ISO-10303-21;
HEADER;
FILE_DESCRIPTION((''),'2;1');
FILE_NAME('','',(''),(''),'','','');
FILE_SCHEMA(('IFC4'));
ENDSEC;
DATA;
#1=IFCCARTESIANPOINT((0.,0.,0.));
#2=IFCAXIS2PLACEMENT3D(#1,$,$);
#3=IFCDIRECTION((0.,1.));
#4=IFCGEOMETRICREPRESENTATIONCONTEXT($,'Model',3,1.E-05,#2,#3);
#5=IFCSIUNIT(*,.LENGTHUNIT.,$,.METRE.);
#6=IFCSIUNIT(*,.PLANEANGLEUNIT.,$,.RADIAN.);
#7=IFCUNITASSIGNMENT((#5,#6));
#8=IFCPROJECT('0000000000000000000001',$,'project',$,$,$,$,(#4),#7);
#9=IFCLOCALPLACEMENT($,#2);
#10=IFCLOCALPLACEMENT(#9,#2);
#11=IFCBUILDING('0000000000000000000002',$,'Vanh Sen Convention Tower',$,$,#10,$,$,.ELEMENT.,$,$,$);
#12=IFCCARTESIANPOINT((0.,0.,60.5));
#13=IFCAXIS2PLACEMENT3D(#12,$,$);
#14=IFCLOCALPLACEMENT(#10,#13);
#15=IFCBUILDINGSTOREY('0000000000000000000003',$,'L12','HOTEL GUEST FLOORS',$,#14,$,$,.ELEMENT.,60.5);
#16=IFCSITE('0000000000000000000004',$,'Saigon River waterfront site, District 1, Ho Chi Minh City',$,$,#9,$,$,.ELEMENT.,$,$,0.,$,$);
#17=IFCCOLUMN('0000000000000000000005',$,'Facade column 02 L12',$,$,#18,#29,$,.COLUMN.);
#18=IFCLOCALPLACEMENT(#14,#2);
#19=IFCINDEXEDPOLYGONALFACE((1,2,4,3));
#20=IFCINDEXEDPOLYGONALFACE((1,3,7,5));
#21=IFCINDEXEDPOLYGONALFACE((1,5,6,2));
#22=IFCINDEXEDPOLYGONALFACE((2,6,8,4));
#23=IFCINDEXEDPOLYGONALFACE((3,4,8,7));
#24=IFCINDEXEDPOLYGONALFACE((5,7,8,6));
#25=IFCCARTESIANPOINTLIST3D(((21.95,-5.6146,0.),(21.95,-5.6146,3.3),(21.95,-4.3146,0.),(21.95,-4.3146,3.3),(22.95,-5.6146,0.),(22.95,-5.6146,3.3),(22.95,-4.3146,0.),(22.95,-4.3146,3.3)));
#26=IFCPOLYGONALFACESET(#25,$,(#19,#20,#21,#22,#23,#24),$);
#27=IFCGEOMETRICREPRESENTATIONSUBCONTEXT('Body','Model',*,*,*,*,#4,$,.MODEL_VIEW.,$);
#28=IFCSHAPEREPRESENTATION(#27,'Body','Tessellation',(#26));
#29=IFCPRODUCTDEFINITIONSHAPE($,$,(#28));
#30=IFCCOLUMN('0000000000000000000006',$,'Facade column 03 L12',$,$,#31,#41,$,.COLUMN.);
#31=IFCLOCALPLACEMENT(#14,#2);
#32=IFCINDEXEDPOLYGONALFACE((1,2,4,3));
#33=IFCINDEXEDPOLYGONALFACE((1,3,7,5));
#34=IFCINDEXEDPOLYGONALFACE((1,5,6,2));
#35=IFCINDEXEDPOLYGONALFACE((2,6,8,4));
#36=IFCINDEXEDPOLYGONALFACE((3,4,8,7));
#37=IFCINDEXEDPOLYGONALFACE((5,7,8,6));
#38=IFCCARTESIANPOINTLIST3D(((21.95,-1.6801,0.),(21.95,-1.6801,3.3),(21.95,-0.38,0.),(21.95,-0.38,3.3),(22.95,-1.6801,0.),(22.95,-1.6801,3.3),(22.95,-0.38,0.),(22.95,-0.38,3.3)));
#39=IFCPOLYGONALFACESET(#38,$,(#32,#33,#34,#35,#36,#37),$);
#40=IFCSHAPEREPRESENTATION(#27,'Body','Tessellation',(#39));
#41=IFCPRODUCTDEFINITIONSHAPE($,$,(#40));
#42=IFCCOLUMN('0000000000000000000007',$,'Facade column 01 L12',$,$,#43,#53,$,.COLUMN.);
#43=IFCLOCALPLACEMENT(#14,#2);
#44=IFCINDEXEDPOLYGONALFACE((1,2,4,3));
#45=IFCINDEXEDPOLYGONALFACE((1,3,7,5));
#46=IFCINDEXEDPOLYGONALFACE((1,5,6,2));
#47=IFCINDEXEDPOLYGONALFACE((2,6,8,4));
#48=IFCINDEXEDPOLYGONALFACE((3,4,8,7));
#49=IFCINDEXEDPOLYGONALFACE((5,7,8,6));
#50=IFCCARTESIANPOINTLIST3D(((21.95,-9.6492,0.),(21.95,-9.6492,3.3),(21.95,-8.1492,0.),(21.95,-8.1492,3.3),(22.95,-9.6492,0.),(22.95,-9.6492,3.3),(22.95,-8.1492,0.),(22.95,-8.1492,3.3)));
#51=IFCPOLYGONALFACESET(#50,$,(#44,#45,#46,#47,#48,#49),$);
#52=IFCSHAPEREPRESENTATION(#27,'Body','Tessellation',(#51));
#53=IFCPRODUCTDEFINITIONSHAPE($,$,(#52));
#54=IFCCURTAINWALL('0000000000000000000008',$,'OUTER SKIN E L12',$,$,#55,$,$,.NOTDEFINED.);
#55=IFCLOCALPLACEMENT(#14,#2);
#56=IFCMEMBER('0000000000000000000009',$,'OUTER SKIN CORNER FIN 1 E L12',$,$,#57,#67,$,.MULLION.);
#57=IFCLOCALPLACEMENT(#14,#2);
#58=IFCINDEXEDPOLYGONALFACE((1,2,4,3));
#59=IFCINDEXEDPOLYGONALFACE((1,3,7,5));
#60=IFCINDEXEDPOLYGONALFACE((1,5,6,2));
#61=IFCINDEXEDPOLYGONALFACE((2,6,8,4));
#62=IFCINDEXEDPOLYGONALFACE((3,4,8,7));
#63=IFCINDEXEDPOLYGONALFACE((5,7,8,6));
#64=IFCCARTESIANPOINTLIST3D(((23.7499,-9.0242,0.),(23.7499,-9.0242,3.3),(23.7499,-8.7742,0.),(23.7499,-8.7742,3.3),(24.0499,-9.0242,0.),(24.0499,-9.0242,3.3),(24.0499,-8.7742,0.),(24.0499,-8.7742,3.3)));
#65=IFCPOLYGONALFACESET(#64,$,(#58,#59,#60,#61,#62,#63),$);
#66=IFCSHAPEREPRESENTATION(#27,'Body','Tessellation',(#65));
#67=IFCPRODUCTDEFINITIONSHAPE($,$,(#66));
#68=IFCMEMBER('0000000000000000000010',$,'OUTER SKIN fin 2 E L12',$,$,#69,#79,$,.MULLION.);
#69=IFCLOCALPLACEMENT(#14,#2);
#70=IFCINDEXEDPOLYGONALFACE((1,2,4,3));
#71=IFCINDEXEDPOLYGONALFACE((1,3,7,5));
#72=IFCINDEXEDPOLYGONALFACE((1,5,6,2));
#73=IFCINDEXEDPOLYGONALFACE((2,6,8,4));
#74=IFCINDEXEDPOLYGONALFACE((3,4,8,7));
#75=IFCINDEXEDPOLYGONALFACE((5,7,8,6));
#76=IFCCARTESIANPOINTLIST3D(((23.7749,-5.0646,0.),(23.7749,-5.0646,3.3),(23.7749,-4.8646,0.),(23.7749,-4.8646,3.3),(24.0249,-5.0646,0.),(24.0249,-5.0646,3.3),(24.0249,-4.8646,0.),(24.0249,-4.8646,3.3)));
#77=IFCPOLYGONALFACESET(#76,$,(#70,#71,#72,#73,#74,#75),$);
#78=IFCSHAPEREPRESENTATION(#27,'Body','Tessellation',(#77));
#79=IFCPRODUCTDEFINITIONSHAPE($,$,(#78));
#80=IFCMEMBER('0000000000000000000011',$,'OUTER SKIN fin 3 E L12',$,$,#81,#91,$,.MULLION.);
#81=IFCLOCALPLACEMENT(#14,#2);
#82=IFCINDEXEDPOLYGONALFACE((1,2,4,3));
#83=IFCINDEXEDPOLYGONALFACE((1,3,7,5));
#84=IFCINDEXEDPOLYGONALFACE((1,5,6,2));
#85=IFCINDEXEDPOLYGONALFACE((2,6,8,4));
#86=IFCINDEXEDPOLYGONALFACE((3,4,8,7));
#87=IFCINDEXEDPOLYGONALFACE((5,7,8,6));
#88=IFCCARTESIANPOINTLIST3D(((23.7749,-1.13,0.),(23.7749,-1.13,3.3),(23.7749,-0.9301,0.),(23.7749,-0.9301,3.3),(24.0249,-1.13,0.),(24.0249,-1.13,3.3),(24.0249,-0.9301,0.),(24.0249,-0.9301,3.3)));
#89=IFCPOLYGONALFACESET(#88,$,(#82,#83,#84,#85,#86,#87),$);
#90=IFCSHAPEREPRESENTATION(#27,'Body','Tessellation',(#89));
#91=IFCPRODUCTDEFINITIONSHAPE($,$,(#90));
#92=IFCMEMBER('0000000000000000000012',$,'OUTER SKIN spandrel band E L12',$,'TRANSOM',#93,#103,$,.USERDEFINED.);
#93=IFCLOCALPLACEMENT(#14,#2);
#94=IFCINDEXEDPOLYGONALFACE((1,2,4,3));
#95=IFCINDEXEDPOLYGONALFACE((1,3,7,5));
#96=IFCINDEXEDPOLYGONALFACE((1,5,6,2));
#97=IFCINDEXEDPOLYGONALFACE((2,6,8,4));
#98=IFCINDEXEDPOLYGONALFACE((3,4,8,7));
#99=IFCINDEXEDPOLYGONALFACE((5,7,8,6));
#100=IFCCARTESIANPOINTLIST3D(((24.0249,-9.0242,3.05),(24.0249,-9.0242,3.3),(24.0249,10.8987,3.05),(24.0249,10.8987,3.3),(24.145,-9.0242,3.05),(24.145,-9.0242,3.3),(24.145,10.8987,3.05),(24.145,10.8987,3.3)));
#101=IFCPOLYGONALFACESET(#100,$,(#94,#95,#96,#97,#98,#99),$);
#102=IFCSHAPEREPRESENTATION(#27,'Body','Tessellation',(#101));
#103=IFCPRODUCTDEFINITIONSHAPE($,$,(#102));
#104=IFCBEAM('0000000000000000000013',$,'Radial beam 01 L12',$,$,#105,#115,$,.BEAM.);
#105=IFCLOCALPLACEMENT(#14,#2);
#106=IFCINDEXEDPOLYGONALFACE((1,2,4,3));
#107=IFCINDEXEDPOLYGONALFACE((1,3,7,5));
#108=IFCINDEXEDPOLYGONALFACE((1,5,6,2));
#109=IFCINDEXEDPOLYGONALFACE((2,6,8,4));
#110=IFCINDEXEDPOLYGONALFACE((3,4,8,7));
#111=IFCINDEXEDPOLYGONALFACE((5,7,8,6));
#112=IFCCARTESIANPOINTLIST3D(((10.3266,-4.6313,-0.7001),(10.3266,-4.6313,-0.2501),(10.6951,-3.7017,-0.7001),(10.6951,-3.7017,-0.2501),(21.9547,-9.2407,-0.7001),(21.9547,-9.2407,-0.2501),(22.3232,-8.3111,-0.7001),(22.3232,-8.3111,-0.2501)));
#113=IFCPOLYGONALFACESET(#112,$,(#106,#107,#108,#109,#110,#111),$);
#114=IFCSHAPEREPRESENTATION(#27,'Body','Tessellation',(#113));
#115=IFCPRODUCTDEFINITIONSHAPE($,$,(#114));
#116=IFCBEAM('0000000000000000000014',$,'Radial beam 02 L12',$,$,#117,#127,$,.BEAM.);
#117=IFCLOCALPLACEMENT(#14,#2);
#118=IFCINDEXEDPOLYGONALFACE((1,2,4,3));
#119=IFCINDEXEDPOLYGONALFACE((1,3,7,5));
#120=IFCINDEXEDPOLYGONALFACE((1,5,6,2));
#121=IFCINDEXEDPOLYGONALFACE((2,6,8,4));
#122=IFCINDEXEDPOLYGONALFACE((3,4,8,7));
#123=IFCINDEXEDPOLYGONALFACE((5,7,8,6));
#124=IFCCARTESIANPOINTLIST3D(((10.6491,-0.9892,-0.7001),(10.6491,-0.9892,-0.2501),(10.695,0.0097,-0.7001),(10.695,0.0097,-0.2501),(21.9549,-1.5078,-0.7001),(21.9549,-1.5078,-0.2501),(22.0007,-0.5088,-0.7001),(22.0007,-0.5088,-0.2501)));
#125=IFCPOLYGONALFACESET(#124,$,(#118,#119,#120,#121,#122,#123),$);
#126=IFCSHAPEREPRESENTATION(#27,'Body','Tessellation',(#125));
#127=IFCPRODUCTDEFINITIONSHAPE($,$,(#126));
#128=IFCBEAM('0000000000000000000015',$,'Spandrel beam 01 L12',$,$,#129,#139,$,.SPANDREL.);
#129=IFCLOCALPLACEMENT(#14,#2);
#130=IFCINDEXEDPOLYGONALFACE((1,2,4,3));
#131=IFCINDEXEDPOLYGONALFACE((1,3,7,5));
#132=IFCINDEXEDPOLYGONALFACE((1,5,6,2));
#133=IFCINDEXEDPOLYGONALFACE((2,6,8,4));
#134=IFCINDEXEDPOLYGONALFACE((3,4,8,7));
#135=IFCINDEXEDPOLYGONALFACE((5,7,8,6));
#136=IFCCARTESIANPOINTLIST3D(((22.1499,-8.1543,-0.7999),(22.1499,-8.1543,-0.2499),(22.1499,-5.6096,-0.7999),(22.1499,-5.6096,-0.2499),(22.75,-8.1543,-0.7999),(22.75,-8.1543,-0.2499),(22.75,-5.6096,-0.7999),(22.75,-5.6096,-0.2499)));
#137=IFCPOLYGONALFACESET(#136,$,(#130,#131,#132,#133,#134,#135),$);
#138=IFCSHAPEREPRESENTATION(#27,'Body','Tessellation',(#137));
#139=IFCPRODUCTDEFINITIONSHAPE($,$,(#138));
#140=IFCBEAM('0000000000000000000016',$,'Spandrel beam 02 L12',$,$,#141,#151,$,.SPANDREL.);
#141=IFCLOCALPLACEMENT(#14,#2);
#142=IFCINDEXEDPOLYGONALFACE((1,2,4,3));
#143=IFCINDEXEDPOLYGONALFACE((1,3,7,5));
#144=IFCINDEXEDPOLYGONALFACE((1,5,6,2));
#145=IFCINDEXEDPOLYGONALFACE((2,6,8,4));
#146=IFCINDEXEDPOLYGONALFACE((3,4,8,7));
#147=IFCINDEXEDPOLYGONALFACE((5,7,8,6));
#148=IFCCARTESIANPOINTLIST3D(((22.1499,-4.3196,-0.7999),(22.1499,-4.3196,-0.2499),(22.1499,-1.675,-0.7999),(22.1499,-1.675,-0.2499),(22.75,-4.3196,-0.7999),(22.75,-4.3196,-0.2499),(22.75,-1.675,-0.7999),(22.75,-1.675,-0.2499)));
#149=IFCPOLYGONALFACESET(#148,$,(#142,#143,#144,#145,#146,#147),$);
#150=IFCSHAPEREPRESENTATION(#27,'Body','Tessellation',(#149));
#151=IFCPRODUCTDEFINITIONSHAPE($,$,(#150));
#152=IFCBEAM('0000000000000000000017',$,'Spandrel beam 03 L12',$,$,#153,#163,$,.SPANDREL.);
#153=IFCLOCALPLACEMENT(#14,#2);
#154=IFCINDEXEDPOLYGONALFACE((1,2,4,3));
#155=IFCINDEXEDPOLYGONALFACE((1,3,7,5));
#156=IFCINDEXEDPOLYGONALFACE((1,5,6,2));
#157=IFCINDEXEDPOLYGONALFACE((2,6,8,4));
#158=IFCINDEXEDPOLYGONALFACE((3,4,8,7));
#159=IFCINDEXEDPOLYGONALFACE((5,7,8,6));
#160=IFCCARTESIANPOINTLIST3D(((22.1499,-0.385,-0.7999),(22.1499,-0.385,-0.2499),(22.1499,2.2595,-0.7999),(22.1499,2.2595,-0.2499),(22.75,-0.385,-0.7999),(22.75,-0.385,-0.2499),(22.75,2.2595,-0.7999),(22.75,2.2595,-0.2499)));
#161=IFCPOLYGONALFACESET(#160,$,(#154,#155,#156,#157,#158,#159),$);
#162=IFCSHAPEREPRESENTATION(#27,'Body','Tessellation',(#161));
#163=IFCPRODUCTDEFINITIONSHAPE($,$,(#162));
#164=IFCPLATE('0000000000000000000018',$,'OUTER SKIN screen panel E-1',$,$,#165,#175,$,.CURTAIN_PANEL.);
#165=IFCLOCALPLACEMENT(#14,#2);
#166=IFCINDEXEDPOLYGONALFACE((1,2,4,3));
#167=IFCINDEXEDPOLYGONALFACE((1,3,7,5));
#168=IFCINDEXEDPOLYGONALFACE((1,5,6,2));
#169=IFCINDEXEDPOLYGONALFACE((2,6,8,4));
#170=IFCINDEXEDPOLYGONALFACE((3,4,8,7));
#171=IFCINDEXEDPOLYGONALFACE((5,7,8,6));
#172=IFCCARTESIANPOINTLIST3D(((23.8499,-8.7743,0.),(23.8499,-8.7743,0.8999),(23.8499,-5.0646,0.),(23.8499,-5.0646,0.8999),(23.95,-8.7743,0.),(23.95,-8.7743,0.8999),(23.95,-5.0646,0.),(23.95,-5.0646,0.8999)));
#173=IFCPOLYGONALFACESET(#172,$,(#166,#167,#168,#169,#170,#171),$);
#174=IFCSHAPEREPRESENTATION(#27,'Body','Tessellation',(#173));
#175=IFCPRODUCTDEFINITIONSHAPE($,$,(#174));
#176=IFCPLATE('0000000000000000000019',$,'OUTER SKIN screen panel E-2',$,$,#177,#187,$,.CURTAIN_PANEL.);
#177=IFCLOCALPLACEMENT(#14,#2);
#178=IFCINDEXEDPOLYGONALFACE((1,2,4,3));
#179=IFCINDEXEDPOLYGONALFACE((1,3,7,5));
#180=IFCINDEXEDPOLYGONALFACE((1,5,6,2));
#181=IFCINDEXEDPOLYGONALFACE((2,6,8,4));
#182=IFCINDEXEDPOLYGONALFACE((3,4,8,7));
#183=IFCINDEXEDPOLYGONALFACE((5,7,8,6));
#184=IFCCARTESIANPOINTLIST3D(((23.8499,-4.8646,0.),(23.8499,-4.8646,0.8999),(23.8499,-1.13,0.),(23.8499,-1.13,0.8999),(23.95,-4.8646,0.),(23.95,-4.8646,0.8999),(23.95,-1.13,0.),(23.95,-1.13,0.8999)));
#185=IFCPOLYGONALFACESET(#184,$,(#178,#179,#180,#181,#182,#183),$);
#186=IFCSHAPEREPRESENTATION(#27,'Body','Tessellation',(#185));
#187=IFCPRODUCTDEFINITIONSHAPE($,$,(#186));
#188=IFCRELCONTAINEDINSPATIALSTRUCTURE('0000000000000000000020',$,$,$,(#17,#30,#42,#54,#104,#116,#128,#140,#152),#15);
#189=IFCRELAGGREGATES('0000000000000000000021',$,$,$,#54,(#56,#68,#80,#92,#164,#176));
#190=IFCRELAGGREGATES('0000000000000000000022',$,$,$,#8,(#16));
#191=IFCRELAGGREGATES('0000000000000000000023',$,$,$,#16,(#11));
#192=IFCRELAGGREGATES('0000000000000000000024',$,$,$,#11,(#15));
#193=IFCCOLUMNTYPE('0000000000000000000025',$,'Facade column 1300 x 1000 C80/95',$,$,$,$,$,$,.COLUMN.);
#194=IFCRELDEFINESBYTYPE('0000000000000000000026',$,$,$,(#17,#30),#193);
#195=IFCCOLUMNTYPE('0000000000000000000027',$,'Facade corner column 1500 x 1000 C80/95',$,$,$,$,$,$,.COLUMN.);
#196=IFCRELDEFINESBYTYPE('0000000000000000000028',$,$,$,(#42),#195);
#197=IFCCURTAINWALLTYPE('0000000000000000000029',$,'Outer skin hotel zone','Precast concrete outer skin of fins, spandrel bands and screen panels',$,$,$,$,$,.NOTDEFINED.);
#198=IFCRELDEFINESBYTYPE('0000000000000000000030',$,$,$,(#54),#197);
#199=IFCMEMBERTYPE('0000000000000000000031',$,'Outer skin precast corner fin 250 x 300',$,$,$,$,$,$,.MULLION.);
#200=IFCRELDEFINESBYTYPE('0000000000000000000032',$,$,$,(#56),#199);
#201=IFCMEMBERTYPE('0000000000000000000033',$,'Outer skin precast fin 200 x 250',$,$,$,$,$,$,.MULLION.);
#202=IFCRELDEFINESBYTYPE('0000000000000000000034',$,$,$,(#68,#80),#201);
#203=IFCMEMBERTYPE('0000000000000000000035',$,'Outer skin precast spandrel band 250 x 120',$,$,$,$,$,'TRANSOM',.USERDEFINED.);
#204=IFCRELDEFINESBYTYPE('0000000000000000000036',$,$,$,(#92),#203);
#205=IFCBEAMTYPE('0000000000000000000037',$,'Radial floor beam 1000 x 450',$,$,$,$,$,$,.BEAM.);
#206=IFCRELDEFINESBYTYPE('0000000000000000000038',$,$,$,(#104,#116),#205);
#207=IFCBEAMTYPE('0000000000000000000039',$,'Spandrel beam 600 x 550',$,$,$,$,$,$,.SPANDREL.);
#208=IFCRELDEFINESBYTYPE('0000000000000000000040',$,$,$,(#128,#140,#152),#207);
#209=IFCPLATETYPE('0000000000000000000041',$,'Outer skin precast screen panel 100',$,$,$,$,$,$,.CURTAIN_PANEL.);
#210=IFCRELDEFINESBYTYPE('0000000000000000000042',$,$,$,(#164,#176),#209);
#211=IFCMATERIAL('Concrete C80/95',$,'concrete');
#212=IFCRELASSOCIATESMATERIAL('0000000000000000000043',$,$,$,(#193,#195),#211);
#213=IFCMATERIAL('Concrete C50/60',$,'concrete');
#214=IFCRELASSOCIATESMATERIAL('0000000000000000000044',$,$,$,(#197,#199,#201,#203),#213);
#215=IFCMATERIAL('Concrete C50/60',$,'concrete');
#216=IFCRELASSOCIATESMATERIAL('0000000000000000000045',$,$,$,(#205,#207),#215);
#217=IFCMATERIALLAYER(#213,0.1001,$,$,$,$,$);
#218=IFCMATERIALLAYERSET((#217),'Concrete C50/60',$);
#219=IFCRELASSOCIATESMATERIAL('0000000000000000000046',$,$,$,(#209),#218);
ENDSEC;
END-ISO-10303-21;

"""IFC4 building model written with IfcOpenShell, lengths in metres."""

from ifc_helpers import new_model, si_unit, direction, frame, origin, origin_2d, place, context, subcontext, project, spatial, rectangle, extrude, material, layer, layer_set, material_profile, profile_set, type_object, element, aggregate, save


model = new_model("IFC4")

# Units and contexts
model_context = context("Model", 3, precision=1e-05, world=origin(), true_north=direction((0.0, 1.0)))
body_context = subcontext(model_context, "Body", "Model", "MODEL_VIEW")
ifc_project = project(units=[si_unit("LENGTHUNIT", "METRE"), si_unit("PLANEANGLEUNIT", "RADIAN")], contexts=[model_context])

# Site, building, storey
site_placement = place(None, origin())
site = spatial("IfcSite", under=ifc_project, at=site_placement, Name="Saigon River waterfront site, District 1, Ho Chi Minh City", CompositionType="ELEMENT", RefElevation=0.0)
building_placement = place(site_placement, origin())
building = spatial("IfcBuilding", under=site, at=building_placement, Name="Vanh Sen Convention Tower", CompositionType="ELEMENT")
storey_placement = place(building_placement, frame((0.0, 0.0, 60.5)))
storey = spatial("IfcBuildingStorey", under=building, at=storey_placement, Name="L12", Description="HOTEL GUEST FLOORS", CompositionType="ELEMENT", Elevation=60.5)

# Columns
ifc_material_1 = material(Name="Concrete C80/95", Category="concrete")
ifc_material_profile_1 = material_profile(ifc_material_1, rectangle(XDim=1.3, YDim=1.0, at=origin_2d()), Name="RC 1300X1000")
ifc_profile_set_1 = profile_set([ifc_material_profile_1], Name="Concrete C80/95")
column_type_1 = type_object("IfcColumnType", Name="Facade column 1300 x 1000 C80/95", PredefinedType="COLUMN", material=ifc_profile_set_1)
for number, where, z_axis, x_axis, name in (
    (1, (22.45, -4.9646, 0.0), (0.0, 0.0, 1.0), (0.0, 1.0, 0.0), "Facade column 02 L12"),
    (2, (22.45, -1.03, 0.0), (0.0, 0.0, 1.0), (0.0, 1.0, 0.0), "Facade column 03 L12"),
):
    element("IfcColumn", number, at=place(storey_placement, frame(where, z_axis=z_axis, x_axis=x_axis)), inside=storey, type_object=column_type_1, Name=name, PredefinedType="COLUMN", context=body_context, shape_type="SweptSolid", body=[
        extrude(rectangle(XDim=1.3, YDim=1.0, at=origin_2d()), origin(), (0.0, 0.0, 1.0), 3.3),
    ])
ifc_material_profile_2 = material_profile(ifc_material_1, rectangle(XDim=1.5, YDim=1.0, at=origin_2d()), Name="RC 1500X1000")
ifc_profile_set_2 = profile_set([ifc_material_profile_2], Name="Concrete C80/95")
column_type_2 = type_object("IfcColumnType", Name="Facade corner column 1500 x 1000 C80/95", PredefinedType="COLUMN", material=ifc_profile_set_2)
column_placement = place(storey_placement, frame((22.45, -8.8992, 0.0), z_axis=(0.0, 0.0, 1.0), x_axis=(0.0, 1.0, 0.0)))
element("IfcColumn", 3, at=column_placement, inside=storey, type_object=column_type_2, Name="Facade column 01 L12", PredefinedType="COLUMN", context=body_context, shape_type="SweptSolid", body=[
    extrude(rectangle(XDim=1.5, YDim=1.0, at=origin_2d()), origin(), (0.0, 0.0, 1.0), 3.3),
])

# Curtain wall, members
ifc_material_2 = material(Name="Concrete C50/60", Category="concrete")
curtain_wall_type = type_object("IfcCurtainWallType", Name="Outer skin hotel zone", Description="Precast concrete outer skin of fins, spandrel bands and screen panels", PredefinedType="NOTDEFINED", material=ifc_material_2)
curtain_wall_placement = place(storey_placement, origin())
curtain_wall = element("IfcCurtainWall", 4, at=curtain_wall_placement, inside=storey, type_object=curtain_wall_type, Name="OUTER SKIN E L12", PredefinedType="NOTDEFINED")
ifc_material_profile_3 = material_profile(ifc_material_2, rectangle(XDim=0.25, YDim=0.3, at=origin_2d()), Name="Outer skin precast corner fin 250 x 300")
ifc_profile_set_3 = profile_set([ifc_material_profile_3], Name="Concrete C50/60")
member_type_1 = type_object("IfcMemberType", Name="Outer skin precast corner fin 250 x 300", PredefinedType="MULLION", material=ifc_profile_set_3)
member_1_placement = place(storey_placement, frame((23.8999, -8.8992, 0.0), z_axis=(0.0, 0.0, 1.0), x_axis=(0.0, 1.0, 0.0)))
member_1 = element("IfcMember", 5, at=member_1_placement, type_object=member_type_1, Name="OUTER SKIN CORNER FIN 1 E L12", PredefinedType="MULLION", context=body_context, shape_type="SweptSolid", body=[
    extrude(rectangle(XDim=0.25, YDim=0.3, at=origin_2d()), origin(), (0.0, 0.0, 1.0), 3.3),
])
ifc_material_profile_4 = material_profile(ifc_material_2, rectangle(XDim=0.2, YDim=0.25, at=origin_2d()), Name="Outer skin precast fin 200 x 250")
ifc_profile_set_4 = profile_set([ifc_material_profile_4], Name="Concrete C50/60")
member_type_2 = type_object("IfcMemberType", Name="Outer skin precast fin 200 x 250", PredefinedType="MULLION", material=ifc_profile_set_4)
member_2_placement = place(storey_placement, frame((23.8999, -4.9646, 0.0), z_axis=(0.0, 0.0, 1.0), x_axis=(0.0, 1.0, 0.0)))
member_2 = element("IfcMember", 6, at=member_2_placement, type_object=member_type_2, Name="OUTER SKIN fin 2 E L12", PredefinedType="MULLION", context=body_context, shape_type="SweptSolid", body=[
    extrude(rectangle(XDim=0.2, YDim=0.25, at=origin_2d()), origin(), (0.0, 0.0, 1.0), 3.3),
])
member_3_placement = place(storey_placement, frame((23.8999, -1.03, 0.0), z_axis=(0.0, 0.0, 1.0), x_axis=(0.0, 1.0, 0.0)))
member_3 = element("IfcMember", 7, at=member_3_placement, type_object=member_type_2, Name="OUTER SKIN fin 3 E L12", PredefinedType="MULLION", context=body_context, shape_type="SweptSolid", body=[
    extrude(rectangle(XDim=0.2, YDim=0.25, at=origin_2d()), origin(), (0.0, 0.0, 1.0), 3.3),
])
ifc_material_profile_5 = material_profile(ifc_material_2, rectangle(XDim=0.1201, YDim=0.25, at=origin_2d()), Name="Outer skin precast spandrel band 250 x 120")
ifc_profile_set_5 = profile_set([ifc_material_profile_5], Name="Concrete C50/60")
member_type_3 = type_object("IfcMemberType", Name="Outer skin precast spandrel band 250 x 120", ElementType="TRANSOM", PredefinedType="USERDEFINED", material=ifc_profile_set_5)
member_4_placement = place(storey_placement, frame((24.085, -9.0242, 3.175), z_axis=(0.0, 1.0, 0.0), x_axis=(-1.0, 0.0, 0.0)))
member_4 = element("IfcMember", 8, at=member_4_placement, type_object=member_type_3, Name="OUTER SKIN spandrel band E L12", ObjectType="TRANSOM", PredefinedType="USERDEFINED", context=body_context, shape_type="SweptSolid", body=[
    extrude(rectangle(XDim=0.1201, YDim=0.25, at=origin_2d()), origin(), (0.0, 0.0, 1.0), 19.9229),
])

# Beams
ifc_material_3 = material(Name="Concrete C50/60", Category="concrete")
ifc_material_profile_6 = material_profile(ifc_material_3, rectangle(XDim=1.0, YDim=0.45, at=origin_2d()), Name="RC 1000X450")
ifc_profile_set_6 = profile_set([ifc_material_profile_6], Name="Concrete C50/60")
beam_type_1 = type_object("IfcBeamType", Name="Radial floor beam 1000 x 450", PredefinedType="BEAM", material=ifc_profile_set_6)
beam_1_placement = place(storey_placement, frame((22.1389, -8.7759, -0.4751), z_axis=(-0.929624, 0.368508, 0.0), x_axis=(-0.368508, -0.929624, 0.0)))
element("IfcBeam", 9, at=beam_1_placement, inside=storey, type_object=beam_type_1, Name="Radial beam 01 L12", PredefinedType="BEAM", context=body_context, shape_type="SweptSolid", body=[
    extrude(rectangle(XDim=1.0, YDim=0.45, at=origin_2d()), origin(), (0.0, 0.0, 1.0), 12.5083),
])
beam_2_placement = place(storey_placement, frame((21.9778, -1.0083, -0.4751), z_axis=(-0.99895, 0.045819, 0.0), x_axis=(-0.045819, -0.99895, 0.0)))
element("IfcBeam", 10, at=beam_2_placement, inside=storey, type_object=beam_type_1, Name="Radial beam 02 L12", PredefinedType="BEAM", context=body_context, shape_type="SweptSolid", body=[
    extrude(rectangle(XDim=1.0, YDim=0.45, at=origin_2d()), origin(), (0.0, 0.0, 1.0), 11.3176),
])
ifc_material_profile_7 = material_profile(ifc_material_3, rectangle(XDim=0.6001, YDim=0.55, at=origin_2d()), Name="RC 600X550")
ifc_profile_set_7 = profile_set([ifc_material_profile_7], Name="Concrete C50/60")
beam_type_2 = type_object("IfcBeamType", Name="Spandrel beam 600 x 550", PredefinedType="SPANDREL", material=ifc_profile_set_7)
beam_3_placement = place(storey_placement, frame((22.45, -8.1543, -0.5249), z_axis=(0.0, 1.0, 0.0), x_axis=(-1.0, 0.0, 0.0)))
element("IfcBeam", 11, at=beam_3_placement, inside=storey, type_object=beam_type_2, Name="Spandrel beam 01 L12", PredefinedType="SPANDREL", context=body_context, shape_type="SweptSolid", body=[
    extrude(rectangle(XDim=0.6001, YDim=0.55, at=origin_2d()), origin(), (0.0, 0.0, 1.0), 2.5447),
])
for number, where, z_axis, x_axis, name in (
    (12, (22.45, -4.3196, -0.5249), (0.0, 1.0, 0.0), (-1.0, 0.0, 0.0), "Spandrel beam 02 L12"),
    (13, (22.45, -0.385, -0.5249), (0.0, 1.0, 0.0), (-1.0, 0.0, 0.0), "Spandrel beam 03 L12"),
):
    element("IfcBeam", number, at=place(storey_placement, frame(where, z_axis=z_axis, x_axis=x_axis)), inside=storey, type_object=beam_type_2, Name=name, PredefinedType="SPANDREL", context=body_context, shape_type="SweptSolid", body=[
        extrude(rectangle(XDim=0.6001, YDim=0.55, at=origin_2d()), origin(), (0.0, 0.0, 1.0), 2.6445),
    ])

# Plates
ifc_layer_1 = layer(ifc_material_2, 0.1001)
ifc_layer_set_1 = layer_set([ifc_layer_1], Name="Concrete C50/60")
plate_type = type_object("IfcPlateType", Name="Outer skin precast screen panel 100", PredefinedType="CURTAIN_PANEL", material=ifc_layer_set_1)
plate_1_placement = place(storey_placement, frame((23.8999, -6.9194, 0.0), z_axis=(0.0, 0.0, 1.0), x_axis=(0.0, 1.0, 0.0)))
plate_1 = element("IfcPlate", 14, at=plate_1_placement, type_object=plate_type, Name="OUTER SKIN screen panel E-1", PredefinedType="CURTAIN_PANEL", context=body_context, shape_type="SweptSolid", body=[
    extrude(rectangle(XDim=3.7097, YDim=0.1001, at=origin_2d()), origin(), (0.0, 0.0, 1.0), 0.8999),
])
plate_2_placement = place(storey_placement, frame((23.8999, -2.9973, 0.0), z_axis=(0.0, 0.0, 1.0), x_axis=(0.0, 1.0, 0.0)))
plate_2 = element("IfcPlate", 15, at=plate_2_placement, type_object=plate_type, Name="OUTER SKIN screen panel E-2", PredefinedType="CURTAIN_PANEL", context=body_context, shape_type="SweptSolid", body=[
    extrude(rectangle(XDim=3.7346, YDim=0.1001, at=origin_2d()), origin(), (0.0, 0.0, 1.0), 0.8999),
])
aggregate(curtain_wall, [member_1, member_2, member_3, member_4, plate_1, plate_2])

save(model, "model.ifc")
